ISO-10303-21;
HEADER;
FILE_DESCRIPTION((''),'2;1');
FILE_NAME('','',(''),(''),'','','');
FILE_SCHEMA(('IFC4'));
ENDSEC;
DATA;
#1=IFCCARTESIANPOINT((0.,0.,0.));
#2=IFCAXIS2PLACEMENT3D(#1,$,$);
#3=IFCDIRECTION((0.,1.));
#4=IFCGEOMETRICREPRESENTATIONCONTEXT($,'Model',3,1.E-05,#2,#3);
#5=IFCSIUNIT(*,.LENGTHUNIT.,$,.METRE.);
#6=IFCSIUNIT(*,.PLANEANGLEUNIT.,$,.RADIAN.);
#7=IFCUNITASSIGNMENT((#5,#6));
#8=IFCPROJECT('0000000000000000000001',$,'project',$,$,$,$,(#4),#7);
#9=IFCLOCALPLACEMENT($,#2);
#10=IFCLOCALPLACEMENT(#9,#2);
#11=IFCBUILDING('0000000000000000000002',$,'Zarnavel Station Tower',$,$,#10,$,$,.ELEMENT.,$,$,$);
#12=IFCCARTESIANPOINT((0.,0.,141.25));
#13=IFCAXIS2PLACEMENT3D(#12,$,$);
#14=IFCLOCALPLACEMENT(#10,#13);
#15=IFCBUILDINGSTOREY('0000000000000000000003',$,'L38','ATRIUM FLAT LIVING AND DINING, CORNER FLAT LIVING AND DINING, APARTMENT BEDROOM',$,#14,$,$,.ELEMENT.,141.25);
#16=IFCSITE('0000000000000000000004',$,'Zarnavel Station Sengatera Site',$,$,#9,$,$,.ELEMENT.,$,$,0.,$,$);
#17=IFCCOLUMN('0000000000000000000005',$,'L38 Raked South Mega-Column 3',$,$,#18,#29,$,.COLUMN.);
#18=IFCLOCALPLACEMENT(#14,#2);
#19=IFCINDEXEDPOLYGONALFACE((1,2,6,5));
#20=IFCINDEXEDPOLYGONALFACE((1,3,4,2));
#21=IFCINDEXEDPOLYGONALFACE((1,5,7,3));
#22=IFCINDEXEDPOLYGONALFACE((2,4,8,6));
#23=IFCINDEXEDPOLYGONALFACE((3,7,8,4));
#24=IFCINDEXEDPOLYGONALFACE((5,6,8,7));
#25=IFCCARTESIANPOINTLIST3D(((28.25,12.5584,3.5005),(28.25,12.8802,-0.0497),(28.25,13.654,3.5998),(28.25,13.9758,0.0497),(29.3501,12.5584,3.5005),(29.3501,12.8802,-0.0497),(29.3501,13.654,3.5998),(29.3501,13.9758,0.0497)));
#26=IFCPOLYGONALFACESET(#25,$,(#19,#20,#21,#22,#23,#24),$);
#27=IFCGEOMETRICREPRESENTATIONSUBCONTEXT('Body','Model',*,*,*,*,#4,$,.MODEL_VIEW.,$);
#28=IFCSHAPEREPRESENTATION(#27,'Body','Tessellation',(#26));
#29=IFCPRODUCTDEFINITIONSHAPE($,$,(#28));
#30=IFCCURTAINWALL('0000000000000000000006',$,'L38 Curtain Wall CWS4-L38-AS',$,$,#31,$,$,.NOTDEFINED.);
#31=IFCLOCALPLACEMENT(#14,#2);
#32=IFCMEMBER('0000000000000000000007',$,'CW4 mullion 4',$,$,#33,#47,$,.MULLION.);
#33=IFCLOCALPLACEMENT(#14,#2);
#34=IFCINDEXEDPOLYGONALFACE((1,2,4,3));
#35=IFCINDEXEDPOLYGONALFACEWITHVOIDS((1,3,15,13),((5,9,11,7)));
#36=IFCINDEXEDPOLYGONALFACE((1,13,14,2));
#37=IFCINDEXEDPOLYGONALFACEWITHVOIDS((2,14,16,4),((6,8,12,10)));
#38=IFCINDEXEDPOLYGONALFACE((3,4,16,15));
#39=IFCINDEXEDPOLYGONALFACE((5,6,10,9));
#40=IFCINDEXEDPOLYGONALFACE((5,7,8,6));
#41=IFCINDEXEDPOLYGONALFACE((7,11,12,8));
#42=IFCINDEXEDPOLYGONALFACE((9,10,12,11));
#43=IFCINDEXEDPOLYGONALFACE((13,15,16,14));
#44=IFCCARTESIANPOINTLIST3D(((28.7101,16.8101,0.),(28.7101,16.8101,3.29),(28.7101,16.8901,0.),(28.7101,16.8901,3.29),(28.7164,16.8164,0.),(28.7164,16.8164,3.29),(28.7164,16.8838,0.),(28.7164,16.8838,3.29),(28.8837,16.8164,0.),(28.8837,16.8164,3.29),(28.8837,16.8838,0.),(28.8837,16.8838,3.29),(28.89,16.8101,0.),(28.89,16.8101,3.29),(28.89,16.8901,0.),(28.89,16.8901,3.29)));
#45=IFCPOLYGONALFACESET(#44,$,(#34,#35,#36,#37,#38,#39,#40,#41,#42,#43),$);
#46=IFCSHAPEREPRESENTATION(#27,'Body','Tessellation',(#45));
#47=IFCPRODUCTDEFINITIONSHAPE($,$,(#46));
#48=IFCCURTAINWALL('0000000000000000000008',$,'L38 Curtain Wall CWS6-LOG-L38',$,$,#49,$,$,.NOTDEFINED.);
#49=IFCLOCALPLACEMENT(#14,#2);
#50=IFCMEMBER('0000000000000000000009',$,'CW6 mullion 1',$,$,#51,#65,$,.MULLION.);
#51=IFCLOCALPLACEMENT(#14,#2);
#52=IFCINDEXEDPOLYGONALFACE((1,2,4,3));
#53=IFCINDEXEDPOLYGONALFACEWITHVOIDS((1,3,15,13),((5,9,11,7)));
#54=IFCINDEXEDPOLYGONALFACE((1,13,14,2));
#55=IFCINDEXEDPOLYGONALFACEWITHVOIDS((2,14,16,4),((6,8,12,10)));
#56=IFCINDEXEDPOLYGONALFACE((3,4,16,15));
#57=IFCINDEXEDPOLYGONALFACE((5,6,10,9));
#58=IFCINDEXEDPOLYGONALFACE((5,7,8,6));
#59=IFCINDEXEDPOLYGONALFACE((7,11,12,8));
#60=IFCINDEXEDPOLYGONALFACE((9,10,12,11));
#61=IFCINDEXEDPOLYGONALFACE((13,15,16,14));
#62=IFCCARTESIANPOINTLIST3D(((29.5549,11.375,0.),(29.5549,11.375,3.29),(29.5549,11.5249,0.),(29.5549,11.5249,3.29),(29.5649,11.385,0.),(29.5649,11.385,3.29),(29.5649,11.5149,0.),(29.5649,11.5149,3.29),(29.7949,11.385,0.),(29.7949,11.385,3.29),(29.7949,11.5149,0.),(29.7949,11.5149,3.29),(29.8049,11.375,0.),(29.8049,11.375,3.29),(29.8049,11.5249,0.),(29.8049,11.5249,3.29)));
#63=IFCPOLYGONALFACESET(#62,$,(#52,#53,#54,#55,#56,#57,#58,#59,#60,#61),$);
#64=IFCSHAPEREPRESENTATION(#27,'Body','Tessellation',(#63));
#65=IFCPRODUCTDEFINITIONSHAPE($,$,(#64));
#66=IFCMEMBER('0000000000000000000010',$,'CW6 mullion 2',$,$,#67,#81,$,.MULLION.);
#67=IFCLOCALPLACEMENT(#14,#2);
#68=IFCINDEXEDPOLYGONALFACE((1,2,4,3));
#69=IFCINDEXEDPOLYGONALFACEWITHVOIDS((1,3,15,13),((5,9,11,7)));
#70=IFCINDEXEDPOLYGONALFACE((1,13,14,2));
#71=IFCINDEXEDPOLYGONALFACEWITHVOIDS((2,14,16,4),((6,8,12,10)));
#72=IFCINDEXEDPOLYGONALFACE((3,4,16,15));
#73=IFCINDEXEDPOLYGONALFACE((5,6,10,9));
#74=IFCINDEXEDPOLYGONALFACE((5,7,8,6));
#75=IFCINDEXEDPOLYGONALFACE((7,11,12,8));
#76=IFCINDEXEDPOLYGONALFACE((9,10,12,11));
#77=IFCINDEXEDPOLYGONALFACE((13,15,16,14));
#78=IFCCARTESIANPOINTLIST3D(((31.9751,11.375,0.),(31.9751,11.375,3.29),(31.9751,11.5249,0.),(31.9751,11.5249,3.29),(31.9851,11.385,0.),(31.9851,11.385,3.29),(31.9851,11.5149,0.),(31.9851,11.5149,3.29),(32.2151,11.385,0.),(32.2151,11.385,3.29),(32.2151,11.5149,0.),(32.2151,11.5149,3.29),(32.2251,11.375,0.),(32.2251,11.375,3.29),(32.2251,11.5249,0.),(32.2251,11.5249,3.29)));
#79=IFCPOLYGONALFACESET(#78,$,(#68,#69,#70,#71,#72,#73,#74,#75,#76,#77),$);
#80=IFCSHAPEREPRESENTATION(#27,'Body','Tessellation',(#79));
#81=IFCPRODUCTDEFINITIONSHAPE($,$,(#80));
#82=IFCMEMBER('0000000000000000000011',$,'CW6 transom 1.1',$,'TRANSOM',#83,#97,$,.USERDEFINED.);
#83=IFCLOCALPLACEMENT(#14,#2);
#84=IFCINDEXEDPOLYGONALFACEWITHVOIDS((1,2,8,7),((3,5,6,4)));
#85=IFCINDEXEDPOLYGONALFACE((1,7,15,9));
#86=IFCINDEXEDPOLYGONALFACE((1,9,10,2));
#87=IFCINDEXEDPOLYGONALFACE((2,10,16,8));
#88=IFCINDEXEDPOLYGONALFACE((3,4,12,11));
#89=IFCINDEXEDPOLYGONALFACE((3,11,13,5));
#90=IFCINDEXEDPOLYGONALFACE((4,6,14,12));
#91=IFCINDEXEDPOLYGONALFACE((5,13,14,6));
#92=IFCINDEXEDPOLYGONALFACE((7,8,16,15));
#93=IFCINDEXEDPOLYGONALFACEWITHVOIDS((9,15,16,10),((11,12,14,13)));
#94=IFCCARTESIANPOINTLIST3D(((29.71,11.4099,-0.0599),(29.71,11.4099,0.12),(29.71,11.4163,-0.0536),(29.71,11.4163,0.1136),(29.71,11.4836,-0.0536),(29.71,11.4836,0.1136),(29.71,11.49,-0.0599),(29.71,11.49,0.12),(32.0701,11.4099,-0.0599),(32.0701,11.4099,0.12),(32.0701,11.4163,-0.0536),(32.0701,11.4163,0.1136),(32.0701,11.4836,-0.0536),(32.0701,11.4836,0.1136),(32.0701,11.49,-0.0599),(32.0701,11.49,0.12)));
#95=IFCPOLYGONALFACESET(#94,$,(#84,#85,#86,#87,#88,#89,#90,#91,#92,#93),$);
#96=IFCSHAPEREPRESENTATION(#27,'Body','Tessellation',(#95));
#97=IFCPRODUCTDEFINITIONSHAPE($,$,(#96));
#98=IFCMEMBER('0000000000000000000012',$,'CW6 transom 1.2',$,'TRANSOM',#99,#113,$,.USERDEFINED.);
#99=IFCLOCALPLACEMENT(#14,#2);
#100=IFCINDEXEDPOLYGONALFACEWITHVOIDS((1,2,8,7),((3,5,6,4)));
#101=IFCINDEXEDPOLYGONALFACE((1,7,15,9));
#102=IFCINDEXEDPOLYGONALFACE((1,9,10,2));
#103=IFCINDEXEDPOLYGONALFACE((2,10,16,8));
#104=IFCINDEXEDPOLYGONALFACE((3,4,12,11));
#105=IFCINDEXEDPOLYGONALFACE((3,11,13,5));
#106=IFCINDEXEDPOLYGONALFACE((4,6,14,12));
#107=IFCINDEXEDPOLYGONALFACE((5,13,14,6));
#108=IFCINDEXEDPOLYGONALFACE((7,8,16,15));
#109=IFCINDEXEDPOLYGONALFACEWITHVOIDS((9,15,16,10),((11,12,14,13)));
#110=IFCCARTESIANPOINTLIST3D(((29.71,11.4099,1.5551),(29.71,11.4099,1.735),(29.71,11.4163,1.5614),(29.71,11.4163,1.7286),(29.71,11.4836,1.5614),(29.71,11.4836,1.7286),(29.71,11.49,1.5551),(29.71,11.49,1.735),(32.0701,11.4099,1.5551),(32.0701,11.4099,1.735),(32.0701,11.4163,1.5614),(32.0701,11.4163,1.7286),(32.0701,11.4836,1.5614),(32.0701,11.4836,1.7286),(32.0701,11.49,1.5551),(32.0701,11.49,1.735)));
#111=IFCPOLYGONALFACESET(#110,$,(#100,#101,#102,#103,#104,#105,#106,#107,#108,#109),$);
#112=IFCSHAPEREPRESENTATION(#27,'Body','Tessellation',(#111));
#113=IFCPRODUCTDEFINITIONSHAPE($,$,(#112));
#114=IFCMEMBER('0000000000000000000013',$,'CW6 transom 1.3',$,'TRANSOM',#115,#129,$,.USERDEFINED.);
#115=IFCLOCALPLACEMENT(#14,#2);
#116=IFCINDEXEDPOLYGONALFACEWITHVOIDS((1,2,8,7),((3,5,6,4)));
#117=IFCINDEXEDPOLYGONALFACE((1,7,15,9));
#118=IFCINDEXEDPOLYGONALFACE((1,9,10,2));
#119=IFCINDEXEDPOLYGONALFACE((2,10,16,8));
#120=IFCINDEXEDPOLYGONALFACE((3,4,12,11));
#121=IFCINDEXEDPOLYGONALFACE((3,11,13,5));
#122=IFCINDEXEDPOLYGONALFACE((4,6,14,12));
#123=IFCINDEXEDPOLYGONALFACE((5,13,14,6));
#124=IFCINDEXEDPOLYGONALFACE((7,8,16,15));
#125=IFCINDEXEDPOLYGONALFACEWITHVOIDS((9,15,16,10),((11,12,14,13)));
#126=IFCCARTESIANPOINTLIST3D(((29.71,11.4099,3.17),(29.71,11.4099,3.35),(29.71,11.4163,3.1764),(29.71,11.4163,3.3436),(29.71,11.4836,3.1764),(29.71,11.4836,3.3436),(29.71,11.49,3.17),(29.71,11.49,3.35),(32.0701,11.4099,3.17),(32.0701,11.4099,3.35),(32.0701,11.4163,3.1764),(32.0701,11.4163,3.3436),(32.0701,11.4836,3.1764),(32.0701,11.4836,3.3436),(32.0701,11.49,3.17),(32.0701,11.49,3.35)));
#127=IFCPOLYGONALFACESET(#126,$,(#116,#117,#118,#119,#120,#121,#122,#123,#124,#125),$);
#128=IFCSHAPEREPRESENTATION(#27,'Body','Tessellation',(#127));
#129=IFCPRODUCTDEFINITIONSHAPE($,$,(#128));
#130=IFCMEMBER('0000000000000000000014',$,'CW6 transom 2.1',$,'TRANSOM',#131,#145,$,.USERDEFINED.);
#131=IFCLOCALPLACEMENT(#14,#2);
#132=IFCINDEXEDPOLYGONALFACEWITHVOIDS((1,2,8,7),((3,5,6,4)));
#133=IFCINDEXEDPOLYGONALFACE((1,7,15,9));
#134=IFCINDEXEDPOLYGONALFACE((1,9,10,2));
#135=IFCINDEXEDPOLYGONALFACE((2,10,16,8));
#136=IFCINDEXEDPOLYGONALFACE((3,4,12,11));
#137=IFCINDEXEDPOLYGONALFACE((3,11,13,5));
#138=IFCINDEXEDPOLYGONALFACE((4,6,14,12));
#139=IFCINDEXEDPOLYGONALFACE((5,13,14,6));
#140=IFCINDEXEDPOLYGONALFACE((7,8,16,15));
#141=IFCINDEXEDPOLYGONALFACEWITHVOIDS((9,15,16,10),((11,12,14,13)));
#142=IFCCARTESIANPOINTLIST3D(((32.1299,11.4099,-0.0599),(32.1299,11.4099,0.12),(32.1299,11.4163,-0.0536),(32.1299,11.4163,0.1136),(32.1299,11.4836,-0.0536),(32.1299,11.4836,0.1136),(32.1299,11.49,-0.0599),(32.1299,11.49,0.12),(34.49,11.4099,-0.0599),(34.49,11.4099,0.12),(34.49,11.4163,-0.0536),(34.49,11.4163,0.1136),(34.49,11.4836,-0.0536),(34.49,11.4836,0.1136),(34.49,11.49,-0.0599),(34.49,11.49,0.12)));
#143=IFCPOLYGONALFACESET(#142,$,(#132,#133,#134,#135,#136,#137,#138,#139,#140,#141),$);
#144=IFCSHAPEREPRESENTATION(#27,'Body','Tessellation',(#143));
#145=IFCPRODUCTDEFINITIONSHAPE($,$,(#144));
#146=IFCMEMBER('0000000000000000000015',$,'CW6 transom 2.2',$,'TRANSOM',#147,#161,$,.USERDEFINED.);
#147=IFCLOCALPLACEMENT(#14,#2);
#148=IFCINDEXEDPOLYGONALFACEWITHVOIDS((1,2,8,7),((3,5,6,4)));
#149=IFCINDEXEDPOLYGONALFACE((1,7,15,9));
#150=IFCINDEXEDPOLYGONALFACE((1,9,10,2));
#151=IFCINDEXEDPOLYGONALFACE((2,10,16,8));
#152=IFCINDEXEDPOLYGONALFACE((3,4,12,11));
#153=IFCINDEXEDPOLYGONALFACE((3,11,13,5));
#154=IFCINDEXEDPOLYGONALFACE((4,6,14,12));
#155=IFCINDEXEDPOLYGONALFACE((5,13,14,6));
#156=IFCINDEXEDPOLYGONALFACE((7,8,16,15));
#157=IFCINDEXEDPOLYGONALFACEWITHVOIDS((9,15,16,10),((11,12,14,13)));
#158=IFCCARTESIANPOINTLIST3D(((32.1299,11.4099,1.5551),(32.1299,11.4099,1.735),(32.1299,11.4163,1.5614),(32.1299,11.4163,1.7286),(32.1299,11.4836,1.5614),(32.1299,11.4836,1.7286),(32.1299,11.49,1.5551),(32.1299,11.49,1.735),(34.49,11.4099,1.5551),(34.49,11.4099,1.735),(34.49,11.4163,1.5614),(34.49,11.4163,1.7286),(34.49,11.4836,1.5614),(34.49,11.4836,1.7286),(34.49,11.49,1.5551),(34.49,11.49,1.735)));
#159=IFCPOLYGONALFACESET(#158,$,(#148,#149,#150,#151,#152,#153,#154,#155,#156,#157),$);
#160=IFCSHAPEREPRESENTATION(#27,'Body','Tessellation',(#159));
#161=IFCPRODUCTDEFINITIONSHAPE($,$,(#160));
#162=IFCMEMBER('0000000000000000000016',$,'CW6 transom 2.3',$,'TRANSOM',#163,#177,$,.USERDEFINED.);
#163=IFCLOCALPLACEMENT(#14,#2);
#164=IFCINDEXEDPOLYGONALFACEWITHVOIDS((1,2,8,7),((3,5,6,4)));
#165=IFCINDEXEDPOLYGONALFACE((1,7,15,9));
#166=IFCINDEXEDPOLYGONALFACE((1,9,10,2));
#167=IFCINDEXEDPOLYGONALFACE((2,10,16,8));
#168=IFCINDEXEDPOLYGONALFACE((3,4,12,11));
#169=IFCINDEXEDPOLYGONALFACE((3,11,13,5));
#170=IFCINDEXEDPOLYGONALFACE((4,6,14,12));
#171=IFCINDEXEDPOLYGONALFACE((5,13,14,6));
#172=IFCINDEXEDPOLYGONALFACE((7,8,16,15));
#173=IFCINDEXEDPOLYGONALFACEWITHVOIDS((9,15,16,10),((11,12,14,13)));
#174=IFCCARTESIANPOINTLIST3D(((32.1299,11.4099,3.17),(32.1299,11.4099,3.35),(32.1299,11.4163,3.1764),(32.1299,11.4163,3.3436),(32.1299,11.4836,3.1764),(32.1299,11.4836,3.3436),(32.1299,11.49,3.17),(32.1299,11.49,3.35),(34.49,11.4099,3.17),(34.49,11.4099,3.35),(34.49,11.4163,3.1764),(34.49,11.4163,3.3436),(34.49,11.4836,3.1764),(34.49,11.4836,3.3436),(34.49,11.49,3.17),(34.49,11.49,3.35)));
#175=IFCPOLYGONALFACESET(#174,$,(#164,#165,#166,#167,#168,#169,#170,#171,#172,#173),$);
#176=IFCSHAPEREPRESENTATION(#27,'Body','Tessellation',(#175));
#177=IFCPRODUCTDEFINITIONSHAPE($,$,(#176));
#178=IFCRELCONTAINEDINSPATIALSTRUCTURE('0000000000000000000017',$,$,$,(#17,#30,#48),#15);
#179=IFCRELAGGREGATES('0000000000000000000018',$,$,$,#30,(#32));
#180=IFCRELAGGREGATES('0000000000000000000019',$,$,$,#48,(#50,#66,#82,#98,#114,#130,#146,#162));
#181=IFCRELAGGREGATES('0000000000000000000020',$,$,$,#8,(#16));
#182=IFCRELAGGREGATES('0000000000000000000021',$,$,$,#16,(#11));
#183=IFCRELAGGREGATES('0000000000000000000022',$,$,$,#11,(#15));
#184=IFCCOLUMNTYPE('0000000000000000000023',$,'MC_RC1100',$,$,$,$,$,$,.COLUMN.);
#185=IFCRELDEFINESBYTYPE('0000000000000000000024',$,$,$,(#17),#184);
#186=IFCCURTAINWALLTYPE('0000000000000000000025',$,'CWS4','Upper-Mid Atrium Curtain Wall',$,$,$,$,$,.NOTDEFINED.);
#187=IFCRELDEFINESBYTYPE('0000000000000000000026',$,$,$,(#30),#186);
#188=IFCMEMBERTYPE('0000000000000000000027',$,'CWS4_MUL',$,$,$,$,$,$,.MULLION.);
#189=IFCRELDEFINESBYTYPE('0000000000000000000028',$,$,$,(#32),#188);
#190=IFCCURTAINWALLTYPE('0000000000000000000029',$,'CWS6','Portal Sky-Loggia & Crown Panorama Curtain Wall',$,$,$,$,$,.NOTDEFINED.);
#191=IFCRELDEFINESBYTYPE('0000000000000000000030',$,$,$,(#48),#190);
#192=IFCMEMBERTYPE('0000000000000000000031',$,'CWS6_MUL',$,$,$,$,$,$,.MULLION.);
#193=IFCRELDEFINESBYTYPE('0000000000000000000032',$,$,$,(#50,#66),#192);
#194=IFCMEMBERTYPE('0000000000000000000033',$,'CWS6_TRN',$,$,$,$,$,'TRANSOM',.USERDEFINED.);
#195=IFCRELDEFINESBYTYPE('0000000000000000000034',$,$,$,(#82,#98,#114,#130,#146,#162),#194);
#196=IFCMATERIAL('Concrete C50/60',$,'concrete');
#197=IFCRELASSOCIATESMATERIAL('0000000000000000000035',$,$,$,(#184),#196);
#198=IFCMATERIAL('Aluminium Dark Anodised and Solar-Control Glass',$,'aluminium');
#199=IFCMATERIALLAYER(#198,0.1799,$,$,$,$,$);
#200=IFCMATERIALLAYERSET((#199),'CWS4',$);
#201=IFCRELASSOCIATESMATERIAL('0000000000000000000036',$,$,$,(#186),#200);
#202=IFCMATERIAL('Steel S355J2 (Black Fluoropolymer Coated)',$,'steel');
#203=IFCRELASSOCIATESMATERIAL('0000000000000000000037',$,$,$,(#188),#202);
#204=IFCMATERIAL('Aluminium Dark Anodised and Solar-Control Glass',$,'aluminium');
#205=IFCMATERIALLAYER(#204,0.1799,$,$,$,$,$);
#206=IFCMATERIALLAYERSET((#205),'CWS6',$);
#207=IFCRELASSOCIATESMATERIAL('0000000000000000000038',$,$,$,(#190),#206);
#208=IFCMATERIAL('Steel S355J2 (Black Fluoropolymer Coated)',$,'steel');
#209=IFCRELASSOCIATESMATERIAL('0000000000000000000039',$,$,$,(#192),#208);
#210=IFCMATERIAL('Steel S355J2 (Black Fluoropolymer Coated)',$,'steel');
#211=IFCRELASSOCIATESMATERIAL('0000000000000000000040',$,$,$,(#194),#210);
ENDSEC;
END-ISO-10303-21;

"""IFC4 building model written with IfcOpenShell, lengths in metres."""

from ifc_helpers import new_model, si_unit, direction, frame, origin, origin_2d, place, context, subcontext, project, spatial, rectangle, hollow_rectangle, extrude, material, layer, layer_set, material_profile, profile_set, type_object, element, aggregate, save


model = new_model("IFC4")

# Units and contexts
model_context = context("Model", 3, precision=1e-05, world=origin(), true_north=direction((0.0, 1.0)))
body_context = subcontext(model_context, "Body", "Model", "MODEL_VIEW")
ifc_project = project(units=[si_unit("LENGTHUNIT", "METRE"), si_unit("PLANEANGLEUNIT", "RADIAN")], contexts=[model_context])

# Site, building, storey
site_placement = place(None, origin())
site = spatial("IfcSite", under=ifc_project, at=site_placement, Name="Zarnavel Station Sengatera Site", CompositionType="ELEMENT", RefElevation=0.0)
building_placement = place(site_placement, origin())
building = spatial("IfcBuilding", under=site, at=building_placement, Name="Zarnavel Station Tower", CompositionType="ELEMENT")
storey_placement = place(building_placement, frame((0.0, 0.0, 141.25)))
storey = spatial("IfcBuildingStorey", under=building, at=storey_placement, Name="L38", Description="ATRIUM FLAT LIVING AND DINING, CORNER FLAT LIVING AND DINING, APARTMENT BEDROOM", CompositionType="ELEMENT", Elevation=141.25)

# Column
ifc_material_1 = material(Name="Concrete C50/60", Category="concrete")
ifc_material_profile_1 = material_profile(ifc_material_1, rectangle(XDim=1.1001, YDim=1.1001, at=origin_2d()), Name="RC1100x1100")
ifc_profile_set_1 = profile_set([ifc_material_profile_1], Name="Concrete C50/60")
column_type = type_object("IfcColumnType", Name="MC_RC1100", PredefinedType="COLUMN", material=ifc_profile_set_1)
column_placement = place(storey_placement, frame((28.8, 13.428, 0.0), z_axis=(0.0, -0.09027, 0.995917), x_axis=(1.0, 0.0, 0.0)))
element("IfcColumn", 1, at=column_placement, inside=storey, type_object=column_type, Name="L38 Raked South Mega-Column 3", PredefinedType="COLUMN", context=body_context, shape_type="SweptSolid", body=[
    extrude(rectangle(XDim=1.1001, YDim=1.1001, at=origin_2d()), origin(), (0.0, 0.0, 1.0), 3.5647),
])

# Curtain wall, member
ifc_material_2 = material(Name="Aluminium Dark Anodised and Solar-Control Glass", Category="aluminium")
ifc_layer_1 = layer(ifc_material_2, 0.1799)
ifc_layer_set_1 = layer_set([ifc_layer_1], Name="CWS4")
curtain_wall_type_1 = type_object("IfcCurtainWallType", Name="CWS4", Description="Upper-Mid Atrium Curtain Wall", PredefinedType="NOTDEFINED", material=ifc_layer_set_1)
curtain_wall_1_placement = place(storey_placement, origin())
curtain_wall_1 = element("IfcCurtainWall", 2, at=curtain_wall_1_placement, inside=storey, type_object=curtain_wall_type_1, Name="L38 Curtain Wall CWS4-L38-AS", PredefinedType="NOTDEFINED")
ifc_material_3 = material(Name="Steel S355J2 (Black Fluoropolymer Coated)", Category="steel")
ifc_material_profile_2 = material_profile(ifc_material_3, hollow_rectangle(XDim=0.0801, YDim=0.1799, WallThickness=0.0063, at=origin_2d()), Name="RHS180x80x6.3")
ifc_profile_set_2 = profile_set([ifc_material_profile_2], Name="Steel S355J2 (Black Fluoropolymer Coated)")
member_type_1 = type_object("IfcMemberType", Name="CWS4_MUL", PredefinedType="MULLION", material=ifc_profile_set_2)
member_1_placement = place(storey_placement, frame((28.8, 16.8501, 0.0), z_axis=(0.0, 0.0, 1.0), x_axis=(0.0, 1.0, 0.0)))
member_1 = element("IfcMember", 3, at=member_1_placement, type_object=member_type_1, Name="CW4 mullion 4", PredefinedType="MULLION", context=body_context, shape_type="SweptSolid", body=[
    extrude(hollow_rectangle(XDim=0.0801, YDim=0.1799, WallThickness=0.0063, at=origin_2d()), origin(), (0.0, 0.0, 1.0), 3.29),
])

# Curtain wall, members
ifc_material_4 = material(Name="Aluminium Dark Anodised and Solar-Control Glass", Category="aluminium")
ifc_layer_2 = layer(ifc_material_4, 0.1799)
ifc_layer_set_2 = layer_set([ifc_layer_2], Name="CWS6")
curtain_wall_type_2 = type_object("IfcCurtainWallType", Name="CWS6", Description="Portal Sky-Loggia & Crown Panorama Curtain Wall", PredefinedType="NOTDEFINED", material=ifc_layer_set_2)
curtain_wall_2_placement = place(storey_placement, origin())
curtain_wall_2 = element("IfcCurtainWall", 4, at=curtain_wall_2_placement, inside=storey, type_object=curtain_wall_type_2, Name="L38 Curtain Wall CWS6-LOG-L38", PredefinedType="NOTDEFINED")
ifc_material_5 = material(Name="Steel S355J2 (Black Fluoropolymer Coated)", Category="steel")
ifc_material_profile_3 = material_profile(ifc_material_5, hollow_rectangle(XDim=0.1499, YDim=0.25, WallThickness=0.01, at=origin_2d()), Name="RHS250x150x10")
ifc_profile_set_3 = profile_set([ifc_material_profile_3], Name="Steel S355J2 (Black Fluoropolymer Coated)")
member_type_2 = type_object("IfcMemberType", Name="CWS6_MUL", PredefinedType="MULLION", material=ifc_profile_set_3)
member_2_placement = place(storey_placement, frame((29.6799, 11.45, 0.0), z_axis=(0.0, 0.0, 1.0), x_axis=(0.0, 1.0, 0.0)))
member_2 = element("IfcMember", 5, at=member_2_placement, type_object=member_type_2, Name="CW6 mullion 1", PredefinedType="MULLION", context=body_context, shape_type="SweptSolid", body=[
    extrude(hollow_rectangle(XDim=0.1499, YDim=0.25, WallThickness=0.01, at=origin_2d()), origin(), (0.0, 0.0, 1.0), 3.29),
])
member_3_placement = place(storey_placement, frame((32.1001, 11.45, 0.0), z_axis=(0.0, 0.0, 1.0), x_axis=(0.0, 1.0, 0.0)))
member_3 = element("IfcMember", 6, at=member_3_placement, type_object=member_type_2, Name="CW6 mullion 2", PredefinedType="MULLION", context=body_context, shape_type="SweptSolid", body=[
    extrude(hollow_rectangle(XDim=0.1499, YDim=0.25, WallThickness=0.01, at=origin_2d()), origin(), (0.0, 0.0, 1.0), 3.29),
])
ifc_material_6 = material(Name="Steel S355J2 (Black Fluoropolymer Coated)", Category="steel")
ifc_material_profile_4 = material_profile(ifc_material_6, hollow_rectangle(XDim=0.0801, YDim=0.1799, WallThickness=0.0063, at=origin_2d()), Name="RHS180x80x6.3")
ifc_profile_set_4 = profile_set([ifc_material_profile_4], Name="Steel S355J2 (Black Fluoropolymer Coated)")
member_type_3 = type_object("IfcMemberType", Name="CWS6_TRN", ElementType="TRANSOM", PredefinedType="USERDEFINED", material=ifc_profile_set_4)
member_4_placement = place(storey_placement, frame((29.71, 11.45, 0.03), z_axis=(1.0, 0.0, 0.0), x_axis=(0.0, 1.0, 0.0)))
member_4 = element("IfcMember", 7, at=member_4_placement, type_object=member_type_3, Name="CW6 transom 1.1", ObjectType="TRANSOM", PredefinedType="USERDEFINED", context=body_context, shape_type="SweptSolid", body=[
    extrude(hollow_rectangle(XDim=0.0801, YDim=0.1799, WallThickness=0.0063, at=origin_2d()), origin(), (0.0, 0.0, 1.0), 2.3601),
])
member_5_placement = place(storey_placement, frame((29.71, 11.45, 1.645), z_axis=(1.0, 0.0, 0.0), x_axis=(0.0, 1.0, 0.0)))
member_5 = element("IfcMember", 8, at=member_5_placement, type_object=member_type_3, Name="CW6 transom 1.2", ObjectType="TRANSOM", PredefinedType="USERDEFINED", context=body_context, shape_type="SweptSolid", body=[
    extrude(hollow_rectangle(XDim=0.0801, YDim=0.1799, WallThickness=0.0063, at=origin_2d()), origin(), (0.0, 0.0, 1.0), 2.3601),
])
member_6_placement = place(storey_placement, frame((29.71, 11.45, 3.26), z_axis=(1.0, 0.0, 0.0), x_axis=(0.0, 1.0, 0.0)))
member_6 = element("IfcMember", 9, at=member_6_placement, type_object=member_type_3, Name="CW6 transom 1.3", ObjectType="TRANSOM", PredefinedType="USERDEFINED", context=body_context, shape_type="SweptSolid", body=[
    extrude(hollow_rectangle(XDim=0.0801, YDim=0.1799, WallThickness=0.0063, at=origin_2d()), origin(), (0.0, 0.0, 1.0), 2.3601),
])
member_7_placement = place(storey_placement, frame((32.1299, 11.45, 0.03), z_axis=(1.0, 0.0, 0.0), x_axis=(0.0, 1.0, 0.0)))
member_7 = element("IfcMember", 10, at=member_7_placement, type_object=member_type_3, Name="CW6 transom 2.1", ObjectType="TRANSOM", PredefinedType="USERDEFINED", context=body_context, shape_type="SweptSolid", body=[
    extrude(hollow_rectangle(XDim=0.0801, YDim=0.1799, WallThickness=0.0063, at=origin_2d()), origin(), (0.0, 0.0, 1.0), 2.3601),
])
member_8_placement = place(storey_placement, frame((32.1299, 11.45, 1.645), z_axis=(1.0, 0.0, 0.0), x_axis=(0.0, 1.0, 0.0)))
member_8 = element("IfcMember", 11, at=member_8_placement, type_object=member_type_3, Name="CW6 transom 2.2", ObjectType="TRANSOM", PredefinedType="USERDEFINED", context=body_context, shape_type="SweptSolid", body=[
    extrude(hollow_rectangle(XDim=0.0801, YDim=0.1799, WallThickness=0.0063, at=origin_2d()), origin(), (0.0, 0.0, 1.0), 2.3601),
])
member_9_placement = place(storey_placement, frame((32.1299, 11.45, 3.26), z_axis=(1.0, 0.0, 0.0), x_axis=(0.0, 1.0, 0.0)))
member_9 = element("IfcMember", 12, at=member_9_placement, type_object=member_type_3, Name="CW6 transom 2.3", ObjectType="TRANSOM", PredefinedType="USERDEFINED", context=body_context, shape_type="SweptSolid", body=[
    extrude(hollow_rectangle(XDim=0.0801, YDim=0.1799, WallThickness=0.0063, at=origin_2d()), origin(), (0.0, 0.0, 1.0), 2.3601),
])

aggregate(curtain_wall_1, [member_1])
aggregate(curtain_wall_2, [member_2, member_3, member_4, member_5, member_6, member_7, member_8, member_9])

save(model, "model.ifc")
